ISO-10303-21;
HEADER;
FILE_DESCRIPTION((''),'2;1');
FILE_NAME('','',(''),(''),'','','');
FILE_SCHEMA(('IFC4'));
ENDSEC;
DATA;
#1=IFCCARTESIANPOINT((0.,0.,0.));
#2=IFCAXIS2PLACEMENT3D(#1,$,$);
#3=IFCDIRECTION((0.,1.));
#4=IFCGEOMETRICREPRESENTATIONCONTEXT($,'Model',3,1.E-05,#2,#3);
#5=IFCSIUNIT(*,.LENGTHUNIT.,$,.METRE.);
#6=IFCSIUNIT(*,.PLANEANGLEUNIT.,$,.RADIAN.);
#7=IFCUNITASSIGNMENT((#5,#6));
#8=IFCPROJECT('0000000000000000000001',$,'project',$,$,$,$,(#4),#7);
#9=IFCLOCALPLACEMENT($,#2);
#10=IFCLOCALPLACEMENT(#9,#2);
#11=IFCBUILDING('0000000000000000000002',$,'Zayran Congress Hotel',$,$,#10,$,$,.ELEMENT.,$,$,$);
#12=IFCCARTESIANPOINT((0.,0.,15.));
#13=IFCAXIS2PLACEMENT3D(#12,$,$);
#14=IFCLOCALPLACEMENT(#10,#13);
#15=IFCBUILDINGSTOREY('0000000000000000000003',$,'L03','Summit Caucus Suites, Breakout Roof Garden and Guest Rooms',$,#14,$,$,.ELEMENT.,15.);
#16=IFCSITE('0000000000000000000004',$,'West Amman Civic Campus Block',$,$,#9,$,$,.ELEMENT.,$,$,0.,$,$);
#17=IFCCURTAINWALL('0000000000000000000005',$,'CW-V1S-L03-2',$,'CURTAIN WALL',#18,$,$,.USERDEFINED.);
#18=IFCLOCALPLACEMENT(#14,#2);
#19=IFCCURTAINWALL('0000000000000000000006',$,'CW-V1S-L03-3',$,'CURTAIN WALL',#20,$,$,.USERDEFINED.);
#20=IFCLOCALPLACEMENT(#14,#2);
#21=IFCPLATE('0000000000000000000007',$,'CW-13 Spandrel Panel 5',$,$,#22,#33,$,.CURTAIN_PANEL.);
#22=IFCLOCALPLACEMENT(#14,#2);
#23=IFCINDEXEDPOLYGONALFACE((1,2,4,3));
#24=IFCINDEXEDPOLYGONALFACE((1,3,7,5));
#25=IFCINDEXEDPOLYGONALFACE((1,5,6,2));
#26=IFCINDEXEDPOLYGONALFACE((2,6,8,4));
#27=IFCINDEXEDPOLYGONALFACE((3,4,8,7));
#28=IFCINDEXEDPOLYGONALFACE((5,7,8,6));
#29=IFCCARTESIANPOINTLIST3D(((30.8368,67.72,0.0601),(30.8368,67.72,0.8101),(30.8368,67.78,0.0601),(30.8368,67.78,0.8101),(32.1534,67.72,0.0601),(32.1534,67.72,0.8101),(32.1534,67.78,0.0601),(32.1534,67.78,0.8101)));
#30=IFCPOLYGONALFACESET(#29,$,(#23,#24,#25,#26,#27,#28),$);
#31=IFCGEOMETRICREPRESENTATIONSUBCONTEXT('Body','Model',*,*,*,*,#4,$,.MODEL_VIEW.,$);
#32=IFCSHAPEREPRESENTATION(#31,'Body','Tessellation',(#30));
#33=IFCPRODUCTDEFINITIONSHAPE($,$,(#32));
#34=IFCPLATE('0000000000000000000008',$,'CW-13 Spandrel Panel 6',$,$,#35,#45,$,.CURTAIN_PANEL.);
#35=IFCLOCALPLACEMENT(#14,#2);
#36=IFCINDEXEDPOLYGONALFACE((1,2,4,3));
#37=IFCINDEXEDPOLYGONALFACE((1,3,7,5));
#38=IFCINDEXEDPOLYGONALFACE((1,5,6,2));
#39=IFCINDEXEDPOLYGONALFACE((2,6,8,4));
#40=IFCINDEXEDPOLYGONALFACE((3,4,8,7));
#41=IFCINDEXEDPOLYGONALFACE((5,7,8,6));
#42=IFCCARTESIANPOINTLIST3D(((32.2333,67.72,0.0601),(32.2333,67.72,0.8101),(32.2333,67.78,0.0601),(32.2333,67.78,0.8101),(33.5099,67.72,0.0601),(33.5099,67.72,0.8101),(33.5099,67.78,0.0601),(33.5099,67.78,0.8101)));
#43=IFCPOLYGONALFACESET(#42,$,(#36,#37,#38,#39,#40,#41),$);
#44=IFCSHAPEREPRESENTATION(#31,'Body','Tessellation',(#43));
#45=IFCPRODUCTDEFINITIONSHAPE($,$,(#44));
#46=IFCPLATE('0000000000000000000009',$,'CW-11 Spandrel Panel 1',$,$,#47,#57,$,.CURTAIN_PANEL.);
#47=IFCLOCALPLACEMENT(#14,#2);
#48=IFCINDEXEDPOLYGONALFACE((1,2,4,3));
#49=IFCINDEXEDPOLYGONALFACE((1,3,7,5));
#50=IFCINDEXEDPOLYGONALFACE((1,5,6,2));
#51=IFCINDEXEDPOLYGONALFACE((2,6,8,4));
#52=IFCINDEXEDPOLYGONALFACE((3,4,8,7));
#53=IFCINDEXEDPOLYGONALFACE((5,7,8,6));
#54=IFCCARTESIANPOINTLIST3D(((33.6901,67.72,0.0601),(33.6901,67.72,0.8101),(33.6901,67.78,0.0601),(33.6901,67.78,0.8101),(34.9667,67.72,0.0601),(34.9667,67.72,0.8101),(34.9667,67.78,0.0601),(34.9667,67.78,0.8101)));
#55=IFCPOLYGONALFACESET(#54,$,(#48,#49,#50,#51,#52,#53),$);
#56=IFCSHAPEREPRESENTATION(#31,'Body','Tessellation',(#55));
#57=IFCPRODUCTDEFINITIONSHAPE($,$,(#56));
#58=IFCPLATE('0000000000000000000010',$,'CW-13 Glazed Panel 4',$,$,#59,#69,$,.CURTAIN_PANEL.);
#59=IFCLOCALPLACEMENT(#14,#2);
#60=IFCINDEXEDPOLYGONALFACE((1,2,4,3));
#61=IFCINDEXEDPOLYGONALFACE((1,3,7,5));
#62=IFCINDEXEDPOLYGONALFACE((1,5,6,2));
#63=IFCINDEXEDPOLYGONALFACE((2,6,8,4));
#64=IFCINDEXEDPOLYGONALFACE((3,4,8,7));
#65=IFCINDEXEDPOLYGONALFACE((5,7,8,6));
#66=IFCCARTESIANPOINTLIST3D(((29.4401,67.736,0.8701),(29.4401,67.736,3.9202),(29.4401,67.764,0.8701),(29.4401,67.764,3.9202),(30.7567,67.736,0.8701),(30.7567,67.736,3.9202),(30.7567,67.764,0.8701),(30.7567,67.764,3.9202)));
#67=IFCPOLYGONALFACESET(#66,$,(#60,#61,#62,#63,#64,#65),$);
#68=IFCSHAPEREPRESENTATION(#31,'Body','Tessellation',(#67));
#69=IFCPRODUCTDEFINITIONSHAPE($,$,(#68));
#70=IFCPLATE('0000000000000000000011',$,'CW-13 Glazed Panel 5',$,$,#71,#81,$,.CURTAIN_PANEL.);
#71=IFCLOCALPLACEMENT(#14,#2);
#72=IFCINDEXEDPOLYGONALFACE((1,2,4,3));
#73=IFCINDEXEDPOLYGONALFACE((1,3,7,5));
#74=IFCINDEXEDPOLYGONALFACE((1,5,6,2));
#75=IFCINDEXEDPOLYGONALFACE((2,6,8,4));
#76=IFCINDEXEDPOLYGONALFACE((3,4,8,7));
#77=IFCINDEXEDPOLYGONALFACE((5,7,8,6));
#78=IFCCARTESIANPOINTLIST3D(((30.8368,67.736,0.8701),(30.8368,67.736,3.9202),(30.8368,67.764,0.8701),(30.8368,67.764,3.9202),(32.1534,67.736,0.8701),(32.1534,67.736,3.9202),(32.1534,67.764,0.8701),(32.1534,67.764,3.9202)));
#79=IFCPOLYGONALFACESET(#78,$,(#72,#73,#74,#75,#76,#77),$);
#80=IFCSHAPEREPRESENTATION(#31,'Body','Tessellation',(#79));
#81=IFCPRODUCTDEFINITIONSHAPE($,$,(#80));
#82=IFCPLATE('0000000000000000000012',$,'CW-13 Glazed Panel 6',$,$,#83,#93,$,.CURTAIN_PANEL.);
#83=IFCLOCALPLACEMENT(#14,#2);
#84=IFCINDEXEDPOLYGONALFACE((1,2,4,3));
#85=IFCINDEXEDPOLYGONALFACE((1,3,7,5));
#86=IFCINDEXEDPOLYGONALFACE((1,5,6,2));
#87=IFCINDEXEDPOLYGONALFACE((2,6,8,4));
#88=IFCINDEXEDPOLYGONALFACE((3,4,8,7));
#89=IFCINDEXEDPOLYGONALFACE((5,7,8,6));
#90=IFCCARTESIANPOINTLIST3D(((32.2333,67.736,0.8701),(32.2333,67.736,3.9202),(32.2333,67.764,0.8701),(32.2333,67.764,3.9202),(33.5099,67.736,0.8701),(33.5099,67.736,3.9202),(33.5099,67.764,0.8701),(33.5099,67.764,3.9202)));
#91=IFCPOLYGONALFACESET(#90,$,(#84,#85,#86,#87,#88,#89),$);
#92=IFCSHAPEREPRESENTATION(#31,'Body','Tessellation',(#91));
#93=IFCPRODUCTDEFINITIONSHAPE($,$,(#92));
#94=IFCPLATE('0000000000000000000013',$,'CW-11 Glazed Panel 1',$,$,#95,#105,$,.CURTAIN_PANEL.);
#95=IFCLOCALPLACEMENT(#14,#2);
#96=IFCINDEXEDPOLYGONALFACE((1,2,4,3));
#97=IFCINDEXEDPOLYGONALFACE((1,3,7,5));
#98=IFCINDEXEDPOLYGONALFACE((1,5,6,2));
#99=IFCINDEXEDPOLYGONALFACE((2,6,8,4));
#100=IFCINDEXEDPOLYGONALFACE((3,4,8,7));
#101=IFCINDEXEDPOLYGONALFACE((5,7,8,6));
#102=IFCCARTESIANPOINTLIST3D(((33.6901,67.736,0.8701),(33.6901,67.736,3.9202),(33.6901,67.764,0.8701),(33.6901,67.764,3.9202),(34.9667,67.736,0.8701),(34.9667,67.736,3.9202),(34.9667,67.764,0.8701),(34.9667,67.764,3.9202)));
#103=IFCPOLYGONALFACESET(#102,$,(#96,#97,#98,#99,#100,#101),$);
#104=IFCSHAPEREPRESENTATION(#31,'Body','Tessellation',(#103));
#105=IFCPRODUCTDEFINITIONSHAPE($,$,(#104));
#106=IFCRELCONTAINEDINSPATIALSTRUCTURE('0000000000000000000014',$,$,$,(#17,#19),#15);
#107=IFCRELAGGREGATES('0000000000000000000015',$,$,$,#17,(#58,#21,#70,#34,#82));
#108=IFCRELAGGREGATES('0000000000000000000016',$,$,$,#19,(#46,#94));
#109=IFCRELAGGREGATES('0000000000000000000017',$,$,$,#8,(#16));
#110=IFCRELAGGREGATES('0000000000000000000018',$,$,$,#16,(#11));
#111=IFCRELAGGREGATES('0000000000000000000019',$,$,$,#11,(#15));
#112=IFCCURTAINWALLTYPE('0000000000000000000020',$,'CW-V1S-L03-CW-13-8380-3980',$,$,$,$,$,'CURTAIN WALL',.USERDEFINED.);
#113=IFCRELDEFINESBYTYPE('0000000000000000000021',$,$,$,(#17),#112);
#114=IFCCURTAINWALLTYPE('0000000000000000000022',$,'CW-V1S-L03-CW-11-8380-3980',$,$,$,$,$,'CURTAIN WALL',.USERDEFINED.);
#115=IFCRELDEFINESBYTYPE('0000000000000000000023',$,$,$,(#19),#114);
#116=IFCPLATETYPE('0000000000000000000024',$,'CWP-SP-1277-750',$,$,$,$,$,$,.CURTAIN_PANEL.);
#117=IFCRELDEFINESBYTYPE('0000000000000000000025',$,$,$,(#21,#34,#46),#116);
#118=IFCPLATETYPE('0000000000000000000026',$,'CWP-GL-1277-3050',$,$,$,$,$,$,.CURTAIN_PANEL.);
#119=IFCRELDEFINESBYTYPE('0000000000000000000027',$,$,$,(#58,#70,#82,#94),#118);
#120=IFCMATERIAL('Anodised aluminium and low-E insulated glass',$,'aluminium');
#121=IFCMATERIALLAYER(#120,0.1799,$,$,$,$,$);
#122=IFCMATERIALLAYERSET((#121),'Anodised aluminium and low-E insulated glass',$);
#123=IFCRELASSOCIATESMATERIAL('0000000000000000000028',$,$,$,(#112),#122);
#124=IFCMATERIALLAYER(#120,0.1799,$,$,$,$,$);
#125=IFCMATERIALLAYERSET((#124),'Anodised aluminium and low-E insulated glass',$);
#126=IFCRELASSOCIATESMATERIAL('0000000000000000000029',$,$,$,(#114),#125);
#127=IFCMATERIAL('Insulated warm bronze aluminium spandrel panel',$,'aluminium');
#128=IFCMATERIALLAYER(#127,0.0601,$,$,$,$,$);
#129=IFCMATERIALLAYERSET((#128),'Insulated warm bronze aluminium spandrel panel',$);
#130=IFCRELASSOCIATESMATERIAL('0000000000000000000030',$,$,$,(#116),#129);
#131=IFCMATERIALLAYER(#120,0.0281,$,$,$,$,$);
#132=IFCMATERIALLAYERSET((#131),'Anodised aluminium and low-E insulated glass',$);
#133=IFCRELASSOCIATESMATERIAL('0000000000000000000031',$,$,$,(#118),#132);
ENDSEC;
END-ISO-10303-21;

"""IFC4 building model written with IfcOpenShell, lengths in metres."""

from ifc_helpers import new_model, si_unit, direction, frame, origin, origin_2d, place, context, subcontext, project, spatial, rectangle, extrude, material, layer, layer_set, type_object, element, aggregate, save


model = new_model("IFC4")

# Units and contexts
model_context = context("Model", 3, precision=1e-05, world=origin(), true_north=direction((0.0, 1.0)))
body_context = subcontext(model_context, "Body", "Model", "MODEL_VIEW")
ifc_project = project(units=[si_unit("LENGTHUNIT", "METRE"), si_unit("PLANEANGLEUNIT", "RADIAN")], contexts=[model_context])

# Site, building, storey
site_placement = place(None, origin())
site = spatial("IfcSite", under=ifc_project, at=site_placement, Name="West Amman Civic Campus Block", CompositionType="ELEMENT", RefElevation=0.0)
building_placement = place(site_placement, origin())
building = spatial("IfcBuilding", under=site, at=building_placement, Name="Zayran Congress Hotel", CompositionType="ELEMENT")
storey_placement = place(building_placement, frame((0.0, 0.0, 15.0)))
storey = spatial("IfcBuildingStorey", under=building, at=storey_placement, Name="L03", Description="Summit Caucus Suites, Breakout Roof Garden and Guest Rooms", CompositionType="ELEMENT", Elevation=15.0)

# Curtain walls
ifc_material_1 = material(Name="Anodised aluminium and low-E insulated glass", Category="aluminium")
ifc_layer_1 = layer(ifc_material_1, 0.1799)
ifc_layer_set_1 = layer_set([ifc_layer_1], Name="Anodised aluminium and low-E insulated glass")
curtain_wall_type_1 = type_object("IfcCurtainWallType", Name="CW-V1S-L03-CW-13-8380-3980", ElementType="CURTAIN WALL", PredefinedType="USERDEFINED", material=ifc_layer_set_1)
curtain_wall_1_placement = place(storey_placement, origin())
curtain_wall_1 = element("IfcCurtainWall", 1, at=curtain_wall_1_placement, inside=storey, type_object=curtain_wall_type_1, Name="CW-V1S-L03-2", ObjectType="CURTAIN WALL", PredefinedType="USERDEFINED")
ifc_layer_2 = layer(ifc_material_1, 0.1799)
ifc_layer_set_2 = layer_set([ifc_layer_2], Name="Anodised aluminium and low-E insulated glass")
curtain_wall_type_2 = type_object("IfcCurtainWallType", Name="CW-V1S-L03-CW-11-8380-3980", ElementType="CURTAIN WALL", PredefinedType="USERDEFINED", material=ifc_layer_set_2)
curtain_wall_2_placement = place(storey_placement, origin())
curtain_wall_2 = element("IfcCurtainWall", 2, at=curtain_wall_2_placement, inside=storey, type_object=curtain_wall_type_2, Name="CW-V1S-L03-3", ObjectType="CURTAIN WALL", PredefinedType="USERDEFINED")

# Plates
ifc_material_2 = material(Name="Insulated warm bronze aluminium spandrel panel", Category="aluminium")
ifc_layer_3 = layer(ifc_material_2, 0.0601)
ifc_layer_set_3 = layer_set([ifc_layer_3], Name="Insulated warm bronze aluminium spandrel panel")
plate_type_1 = type_object("IfcPlateType", Name="CWP-SP-1277-750", PredefinedType="CURTAIN_PANEL", material=ifc_layer_set_3)
plate_1_placement = place(storey_placement, frame((31.4951, 67.75, 0.0601), z_axis=(0.0, 0.0, 1.0), x_axis=(1.0, 0.0, 0.0)))
plate_1 = element("IfcPlate", 3, at=plate_1_placement, type_object=plate_type_1, Name="CW-13 Spandrel Panel 5", PredefinedType="CURTAIN_PANEL", context=body_context, shape_type="SweptSolid", body=[
    extrude(rectangle(XDim=1.3167, YDim=0.0601, at=origin_2d()), origin(), (0.0, 0.0, 1.0), 0.75),
])
plate_2_placement = place(storey_placement, frame((32.8716, 67.75, 0.0601), z_axis=(0.0, 0.0, 1.0), x_axis=(1.0, 0.0, 0.0)))
plate_2 = element("IfcPlate", 4, at=plate_2_placement, type_object=plate_type_1, Name="CW-13 Spandrel Panel 6", PredefinedType="CURTAIN_PANEL", context=body_context, shape_type="SweptSolid", body=[
    extrude(rectangle(XDim=1.2766, YDim=0.0601, at=origin_2d()), origin(), (0.0, 0.0, 1.0), 0.75),
])
plate_3_placement = place(storey_placement, frame((34.3284, 67.75, 0.0601), z_axis=(0.0, 0.0, 1.0), x_axis=(1.0, 0.0, 0.0)))
plate_3 = element("IfcPlate", 5, at=plate_3_placement, type_object=plate_type_1, Name="CW-11 Spandrel Panel 1", PredefinedType="CURTAIN_PANEL", context=body_context, shape_type="SweptSolid", body=[
    extrude(rectangle(XDim=1.2766, YDim=0.0601, at=origin_2d()), origin(), (0.0, 0.0, 1.0), 0.75),
])
ifc_layer_4 = layer(ifc_material_1, 0.0281)
ifc_layer_set_4 = layer_set([ifc_layer_4], Name="Anodised aluminium and low-E insulated glass")
plate_type_2 = type_object("IfcPlateType", Name="CWP-GL-1277-3050", PredefinedType="CURTAIN_PANEL", material=ifc_layer_set_4)
plate_4_placement = place(storey_placement, frame((30.0984, 67.75, 0.8701), z_axis=(0.0, 0.0, 1.0), x_axis=(1.0, 0.0, 0.0)))
plate_4 = element("IfcPlate", 6, at=plate_4_placement, type_object=plate_type_2, Name="CW-13 Glazed Panel 4", PredefinedType="CURTAIN_PANEL", context=body_context, shape_type="SweptSolid", body=[
    extrude(rectangle(XDim=1.3167, YDim=0.0281, at=origin_2d()), origin(), (0.0, 0.0, 1.0), 3.05),
])
plate_5_placement = place(storey_placement, frame((31.4951, 67.75, 0.8701), z_axis=(0.0, 0.0, 1.0), x_axis=(1.0, 0.0, 0.0)))
plate_5 = element("IfcPlate", 7, at=plate_5_placement, type_object=plate_type_2, Name="CW-13 Glazed Panel 5", PredefinedType="CURTAIN_PANEL", context=body_context, shape_type="SweptSolid", body=[
    extrude(rectangle(XDim=1.3167, YDim=0.0281, at=origin_2d()), origin(), (0.0, 0.0, 1.0), 3.05),
])
plate_6_placement = place(storey_placement, frame((32.8716, 67.75, 0.8701), z_axis=(0.0, 0.0, 1.0), x_axis=(1.0, 0.0, 0.0)))
plate_6 = element("IfcPlate", 8, at=plate_6_placement, type_object=plate_type_2, Name="CW-13 Glazed Panel 6", PredefinedType="CURTAIN_PANEL", context=body_context, shape_type="SweptSolid", body=[
    extrude(rectangle(XDim=1.2766, YDim=0.0281, at=origin_2d()), origin(), (0.0, 0.0, 1.0), 3.05),
])
aggregate(curtain_wall_1, [plate_4, plate_1, plate_5, plate_2, plate_6])
plate_7_placement = place(storey_placement, frame((34.3284, 67.75, 0.8701), z_axis=(0.0, 0.0, 1.0), x_axis=(1.0, 0.0, 0.0)))
plate_7 = element("IfcPlate", 9, at=plate_7_placement, type_object=plate_type_2, Name="CW-11 Glazed Panel 1", PredefinedType="CURTAIN_PANEL", context=body_context, shape_type="SweptSolid", body=[
    extrude(rectangle(XDim=1.2766, YDim=0.0281, at=origin_2d()), origin(), (0.0, 0.0, 1.0), 3.05),
])
aggregate(curtain_wall_2, [plate_3, plate_7])

save(model, "model.ifc")
